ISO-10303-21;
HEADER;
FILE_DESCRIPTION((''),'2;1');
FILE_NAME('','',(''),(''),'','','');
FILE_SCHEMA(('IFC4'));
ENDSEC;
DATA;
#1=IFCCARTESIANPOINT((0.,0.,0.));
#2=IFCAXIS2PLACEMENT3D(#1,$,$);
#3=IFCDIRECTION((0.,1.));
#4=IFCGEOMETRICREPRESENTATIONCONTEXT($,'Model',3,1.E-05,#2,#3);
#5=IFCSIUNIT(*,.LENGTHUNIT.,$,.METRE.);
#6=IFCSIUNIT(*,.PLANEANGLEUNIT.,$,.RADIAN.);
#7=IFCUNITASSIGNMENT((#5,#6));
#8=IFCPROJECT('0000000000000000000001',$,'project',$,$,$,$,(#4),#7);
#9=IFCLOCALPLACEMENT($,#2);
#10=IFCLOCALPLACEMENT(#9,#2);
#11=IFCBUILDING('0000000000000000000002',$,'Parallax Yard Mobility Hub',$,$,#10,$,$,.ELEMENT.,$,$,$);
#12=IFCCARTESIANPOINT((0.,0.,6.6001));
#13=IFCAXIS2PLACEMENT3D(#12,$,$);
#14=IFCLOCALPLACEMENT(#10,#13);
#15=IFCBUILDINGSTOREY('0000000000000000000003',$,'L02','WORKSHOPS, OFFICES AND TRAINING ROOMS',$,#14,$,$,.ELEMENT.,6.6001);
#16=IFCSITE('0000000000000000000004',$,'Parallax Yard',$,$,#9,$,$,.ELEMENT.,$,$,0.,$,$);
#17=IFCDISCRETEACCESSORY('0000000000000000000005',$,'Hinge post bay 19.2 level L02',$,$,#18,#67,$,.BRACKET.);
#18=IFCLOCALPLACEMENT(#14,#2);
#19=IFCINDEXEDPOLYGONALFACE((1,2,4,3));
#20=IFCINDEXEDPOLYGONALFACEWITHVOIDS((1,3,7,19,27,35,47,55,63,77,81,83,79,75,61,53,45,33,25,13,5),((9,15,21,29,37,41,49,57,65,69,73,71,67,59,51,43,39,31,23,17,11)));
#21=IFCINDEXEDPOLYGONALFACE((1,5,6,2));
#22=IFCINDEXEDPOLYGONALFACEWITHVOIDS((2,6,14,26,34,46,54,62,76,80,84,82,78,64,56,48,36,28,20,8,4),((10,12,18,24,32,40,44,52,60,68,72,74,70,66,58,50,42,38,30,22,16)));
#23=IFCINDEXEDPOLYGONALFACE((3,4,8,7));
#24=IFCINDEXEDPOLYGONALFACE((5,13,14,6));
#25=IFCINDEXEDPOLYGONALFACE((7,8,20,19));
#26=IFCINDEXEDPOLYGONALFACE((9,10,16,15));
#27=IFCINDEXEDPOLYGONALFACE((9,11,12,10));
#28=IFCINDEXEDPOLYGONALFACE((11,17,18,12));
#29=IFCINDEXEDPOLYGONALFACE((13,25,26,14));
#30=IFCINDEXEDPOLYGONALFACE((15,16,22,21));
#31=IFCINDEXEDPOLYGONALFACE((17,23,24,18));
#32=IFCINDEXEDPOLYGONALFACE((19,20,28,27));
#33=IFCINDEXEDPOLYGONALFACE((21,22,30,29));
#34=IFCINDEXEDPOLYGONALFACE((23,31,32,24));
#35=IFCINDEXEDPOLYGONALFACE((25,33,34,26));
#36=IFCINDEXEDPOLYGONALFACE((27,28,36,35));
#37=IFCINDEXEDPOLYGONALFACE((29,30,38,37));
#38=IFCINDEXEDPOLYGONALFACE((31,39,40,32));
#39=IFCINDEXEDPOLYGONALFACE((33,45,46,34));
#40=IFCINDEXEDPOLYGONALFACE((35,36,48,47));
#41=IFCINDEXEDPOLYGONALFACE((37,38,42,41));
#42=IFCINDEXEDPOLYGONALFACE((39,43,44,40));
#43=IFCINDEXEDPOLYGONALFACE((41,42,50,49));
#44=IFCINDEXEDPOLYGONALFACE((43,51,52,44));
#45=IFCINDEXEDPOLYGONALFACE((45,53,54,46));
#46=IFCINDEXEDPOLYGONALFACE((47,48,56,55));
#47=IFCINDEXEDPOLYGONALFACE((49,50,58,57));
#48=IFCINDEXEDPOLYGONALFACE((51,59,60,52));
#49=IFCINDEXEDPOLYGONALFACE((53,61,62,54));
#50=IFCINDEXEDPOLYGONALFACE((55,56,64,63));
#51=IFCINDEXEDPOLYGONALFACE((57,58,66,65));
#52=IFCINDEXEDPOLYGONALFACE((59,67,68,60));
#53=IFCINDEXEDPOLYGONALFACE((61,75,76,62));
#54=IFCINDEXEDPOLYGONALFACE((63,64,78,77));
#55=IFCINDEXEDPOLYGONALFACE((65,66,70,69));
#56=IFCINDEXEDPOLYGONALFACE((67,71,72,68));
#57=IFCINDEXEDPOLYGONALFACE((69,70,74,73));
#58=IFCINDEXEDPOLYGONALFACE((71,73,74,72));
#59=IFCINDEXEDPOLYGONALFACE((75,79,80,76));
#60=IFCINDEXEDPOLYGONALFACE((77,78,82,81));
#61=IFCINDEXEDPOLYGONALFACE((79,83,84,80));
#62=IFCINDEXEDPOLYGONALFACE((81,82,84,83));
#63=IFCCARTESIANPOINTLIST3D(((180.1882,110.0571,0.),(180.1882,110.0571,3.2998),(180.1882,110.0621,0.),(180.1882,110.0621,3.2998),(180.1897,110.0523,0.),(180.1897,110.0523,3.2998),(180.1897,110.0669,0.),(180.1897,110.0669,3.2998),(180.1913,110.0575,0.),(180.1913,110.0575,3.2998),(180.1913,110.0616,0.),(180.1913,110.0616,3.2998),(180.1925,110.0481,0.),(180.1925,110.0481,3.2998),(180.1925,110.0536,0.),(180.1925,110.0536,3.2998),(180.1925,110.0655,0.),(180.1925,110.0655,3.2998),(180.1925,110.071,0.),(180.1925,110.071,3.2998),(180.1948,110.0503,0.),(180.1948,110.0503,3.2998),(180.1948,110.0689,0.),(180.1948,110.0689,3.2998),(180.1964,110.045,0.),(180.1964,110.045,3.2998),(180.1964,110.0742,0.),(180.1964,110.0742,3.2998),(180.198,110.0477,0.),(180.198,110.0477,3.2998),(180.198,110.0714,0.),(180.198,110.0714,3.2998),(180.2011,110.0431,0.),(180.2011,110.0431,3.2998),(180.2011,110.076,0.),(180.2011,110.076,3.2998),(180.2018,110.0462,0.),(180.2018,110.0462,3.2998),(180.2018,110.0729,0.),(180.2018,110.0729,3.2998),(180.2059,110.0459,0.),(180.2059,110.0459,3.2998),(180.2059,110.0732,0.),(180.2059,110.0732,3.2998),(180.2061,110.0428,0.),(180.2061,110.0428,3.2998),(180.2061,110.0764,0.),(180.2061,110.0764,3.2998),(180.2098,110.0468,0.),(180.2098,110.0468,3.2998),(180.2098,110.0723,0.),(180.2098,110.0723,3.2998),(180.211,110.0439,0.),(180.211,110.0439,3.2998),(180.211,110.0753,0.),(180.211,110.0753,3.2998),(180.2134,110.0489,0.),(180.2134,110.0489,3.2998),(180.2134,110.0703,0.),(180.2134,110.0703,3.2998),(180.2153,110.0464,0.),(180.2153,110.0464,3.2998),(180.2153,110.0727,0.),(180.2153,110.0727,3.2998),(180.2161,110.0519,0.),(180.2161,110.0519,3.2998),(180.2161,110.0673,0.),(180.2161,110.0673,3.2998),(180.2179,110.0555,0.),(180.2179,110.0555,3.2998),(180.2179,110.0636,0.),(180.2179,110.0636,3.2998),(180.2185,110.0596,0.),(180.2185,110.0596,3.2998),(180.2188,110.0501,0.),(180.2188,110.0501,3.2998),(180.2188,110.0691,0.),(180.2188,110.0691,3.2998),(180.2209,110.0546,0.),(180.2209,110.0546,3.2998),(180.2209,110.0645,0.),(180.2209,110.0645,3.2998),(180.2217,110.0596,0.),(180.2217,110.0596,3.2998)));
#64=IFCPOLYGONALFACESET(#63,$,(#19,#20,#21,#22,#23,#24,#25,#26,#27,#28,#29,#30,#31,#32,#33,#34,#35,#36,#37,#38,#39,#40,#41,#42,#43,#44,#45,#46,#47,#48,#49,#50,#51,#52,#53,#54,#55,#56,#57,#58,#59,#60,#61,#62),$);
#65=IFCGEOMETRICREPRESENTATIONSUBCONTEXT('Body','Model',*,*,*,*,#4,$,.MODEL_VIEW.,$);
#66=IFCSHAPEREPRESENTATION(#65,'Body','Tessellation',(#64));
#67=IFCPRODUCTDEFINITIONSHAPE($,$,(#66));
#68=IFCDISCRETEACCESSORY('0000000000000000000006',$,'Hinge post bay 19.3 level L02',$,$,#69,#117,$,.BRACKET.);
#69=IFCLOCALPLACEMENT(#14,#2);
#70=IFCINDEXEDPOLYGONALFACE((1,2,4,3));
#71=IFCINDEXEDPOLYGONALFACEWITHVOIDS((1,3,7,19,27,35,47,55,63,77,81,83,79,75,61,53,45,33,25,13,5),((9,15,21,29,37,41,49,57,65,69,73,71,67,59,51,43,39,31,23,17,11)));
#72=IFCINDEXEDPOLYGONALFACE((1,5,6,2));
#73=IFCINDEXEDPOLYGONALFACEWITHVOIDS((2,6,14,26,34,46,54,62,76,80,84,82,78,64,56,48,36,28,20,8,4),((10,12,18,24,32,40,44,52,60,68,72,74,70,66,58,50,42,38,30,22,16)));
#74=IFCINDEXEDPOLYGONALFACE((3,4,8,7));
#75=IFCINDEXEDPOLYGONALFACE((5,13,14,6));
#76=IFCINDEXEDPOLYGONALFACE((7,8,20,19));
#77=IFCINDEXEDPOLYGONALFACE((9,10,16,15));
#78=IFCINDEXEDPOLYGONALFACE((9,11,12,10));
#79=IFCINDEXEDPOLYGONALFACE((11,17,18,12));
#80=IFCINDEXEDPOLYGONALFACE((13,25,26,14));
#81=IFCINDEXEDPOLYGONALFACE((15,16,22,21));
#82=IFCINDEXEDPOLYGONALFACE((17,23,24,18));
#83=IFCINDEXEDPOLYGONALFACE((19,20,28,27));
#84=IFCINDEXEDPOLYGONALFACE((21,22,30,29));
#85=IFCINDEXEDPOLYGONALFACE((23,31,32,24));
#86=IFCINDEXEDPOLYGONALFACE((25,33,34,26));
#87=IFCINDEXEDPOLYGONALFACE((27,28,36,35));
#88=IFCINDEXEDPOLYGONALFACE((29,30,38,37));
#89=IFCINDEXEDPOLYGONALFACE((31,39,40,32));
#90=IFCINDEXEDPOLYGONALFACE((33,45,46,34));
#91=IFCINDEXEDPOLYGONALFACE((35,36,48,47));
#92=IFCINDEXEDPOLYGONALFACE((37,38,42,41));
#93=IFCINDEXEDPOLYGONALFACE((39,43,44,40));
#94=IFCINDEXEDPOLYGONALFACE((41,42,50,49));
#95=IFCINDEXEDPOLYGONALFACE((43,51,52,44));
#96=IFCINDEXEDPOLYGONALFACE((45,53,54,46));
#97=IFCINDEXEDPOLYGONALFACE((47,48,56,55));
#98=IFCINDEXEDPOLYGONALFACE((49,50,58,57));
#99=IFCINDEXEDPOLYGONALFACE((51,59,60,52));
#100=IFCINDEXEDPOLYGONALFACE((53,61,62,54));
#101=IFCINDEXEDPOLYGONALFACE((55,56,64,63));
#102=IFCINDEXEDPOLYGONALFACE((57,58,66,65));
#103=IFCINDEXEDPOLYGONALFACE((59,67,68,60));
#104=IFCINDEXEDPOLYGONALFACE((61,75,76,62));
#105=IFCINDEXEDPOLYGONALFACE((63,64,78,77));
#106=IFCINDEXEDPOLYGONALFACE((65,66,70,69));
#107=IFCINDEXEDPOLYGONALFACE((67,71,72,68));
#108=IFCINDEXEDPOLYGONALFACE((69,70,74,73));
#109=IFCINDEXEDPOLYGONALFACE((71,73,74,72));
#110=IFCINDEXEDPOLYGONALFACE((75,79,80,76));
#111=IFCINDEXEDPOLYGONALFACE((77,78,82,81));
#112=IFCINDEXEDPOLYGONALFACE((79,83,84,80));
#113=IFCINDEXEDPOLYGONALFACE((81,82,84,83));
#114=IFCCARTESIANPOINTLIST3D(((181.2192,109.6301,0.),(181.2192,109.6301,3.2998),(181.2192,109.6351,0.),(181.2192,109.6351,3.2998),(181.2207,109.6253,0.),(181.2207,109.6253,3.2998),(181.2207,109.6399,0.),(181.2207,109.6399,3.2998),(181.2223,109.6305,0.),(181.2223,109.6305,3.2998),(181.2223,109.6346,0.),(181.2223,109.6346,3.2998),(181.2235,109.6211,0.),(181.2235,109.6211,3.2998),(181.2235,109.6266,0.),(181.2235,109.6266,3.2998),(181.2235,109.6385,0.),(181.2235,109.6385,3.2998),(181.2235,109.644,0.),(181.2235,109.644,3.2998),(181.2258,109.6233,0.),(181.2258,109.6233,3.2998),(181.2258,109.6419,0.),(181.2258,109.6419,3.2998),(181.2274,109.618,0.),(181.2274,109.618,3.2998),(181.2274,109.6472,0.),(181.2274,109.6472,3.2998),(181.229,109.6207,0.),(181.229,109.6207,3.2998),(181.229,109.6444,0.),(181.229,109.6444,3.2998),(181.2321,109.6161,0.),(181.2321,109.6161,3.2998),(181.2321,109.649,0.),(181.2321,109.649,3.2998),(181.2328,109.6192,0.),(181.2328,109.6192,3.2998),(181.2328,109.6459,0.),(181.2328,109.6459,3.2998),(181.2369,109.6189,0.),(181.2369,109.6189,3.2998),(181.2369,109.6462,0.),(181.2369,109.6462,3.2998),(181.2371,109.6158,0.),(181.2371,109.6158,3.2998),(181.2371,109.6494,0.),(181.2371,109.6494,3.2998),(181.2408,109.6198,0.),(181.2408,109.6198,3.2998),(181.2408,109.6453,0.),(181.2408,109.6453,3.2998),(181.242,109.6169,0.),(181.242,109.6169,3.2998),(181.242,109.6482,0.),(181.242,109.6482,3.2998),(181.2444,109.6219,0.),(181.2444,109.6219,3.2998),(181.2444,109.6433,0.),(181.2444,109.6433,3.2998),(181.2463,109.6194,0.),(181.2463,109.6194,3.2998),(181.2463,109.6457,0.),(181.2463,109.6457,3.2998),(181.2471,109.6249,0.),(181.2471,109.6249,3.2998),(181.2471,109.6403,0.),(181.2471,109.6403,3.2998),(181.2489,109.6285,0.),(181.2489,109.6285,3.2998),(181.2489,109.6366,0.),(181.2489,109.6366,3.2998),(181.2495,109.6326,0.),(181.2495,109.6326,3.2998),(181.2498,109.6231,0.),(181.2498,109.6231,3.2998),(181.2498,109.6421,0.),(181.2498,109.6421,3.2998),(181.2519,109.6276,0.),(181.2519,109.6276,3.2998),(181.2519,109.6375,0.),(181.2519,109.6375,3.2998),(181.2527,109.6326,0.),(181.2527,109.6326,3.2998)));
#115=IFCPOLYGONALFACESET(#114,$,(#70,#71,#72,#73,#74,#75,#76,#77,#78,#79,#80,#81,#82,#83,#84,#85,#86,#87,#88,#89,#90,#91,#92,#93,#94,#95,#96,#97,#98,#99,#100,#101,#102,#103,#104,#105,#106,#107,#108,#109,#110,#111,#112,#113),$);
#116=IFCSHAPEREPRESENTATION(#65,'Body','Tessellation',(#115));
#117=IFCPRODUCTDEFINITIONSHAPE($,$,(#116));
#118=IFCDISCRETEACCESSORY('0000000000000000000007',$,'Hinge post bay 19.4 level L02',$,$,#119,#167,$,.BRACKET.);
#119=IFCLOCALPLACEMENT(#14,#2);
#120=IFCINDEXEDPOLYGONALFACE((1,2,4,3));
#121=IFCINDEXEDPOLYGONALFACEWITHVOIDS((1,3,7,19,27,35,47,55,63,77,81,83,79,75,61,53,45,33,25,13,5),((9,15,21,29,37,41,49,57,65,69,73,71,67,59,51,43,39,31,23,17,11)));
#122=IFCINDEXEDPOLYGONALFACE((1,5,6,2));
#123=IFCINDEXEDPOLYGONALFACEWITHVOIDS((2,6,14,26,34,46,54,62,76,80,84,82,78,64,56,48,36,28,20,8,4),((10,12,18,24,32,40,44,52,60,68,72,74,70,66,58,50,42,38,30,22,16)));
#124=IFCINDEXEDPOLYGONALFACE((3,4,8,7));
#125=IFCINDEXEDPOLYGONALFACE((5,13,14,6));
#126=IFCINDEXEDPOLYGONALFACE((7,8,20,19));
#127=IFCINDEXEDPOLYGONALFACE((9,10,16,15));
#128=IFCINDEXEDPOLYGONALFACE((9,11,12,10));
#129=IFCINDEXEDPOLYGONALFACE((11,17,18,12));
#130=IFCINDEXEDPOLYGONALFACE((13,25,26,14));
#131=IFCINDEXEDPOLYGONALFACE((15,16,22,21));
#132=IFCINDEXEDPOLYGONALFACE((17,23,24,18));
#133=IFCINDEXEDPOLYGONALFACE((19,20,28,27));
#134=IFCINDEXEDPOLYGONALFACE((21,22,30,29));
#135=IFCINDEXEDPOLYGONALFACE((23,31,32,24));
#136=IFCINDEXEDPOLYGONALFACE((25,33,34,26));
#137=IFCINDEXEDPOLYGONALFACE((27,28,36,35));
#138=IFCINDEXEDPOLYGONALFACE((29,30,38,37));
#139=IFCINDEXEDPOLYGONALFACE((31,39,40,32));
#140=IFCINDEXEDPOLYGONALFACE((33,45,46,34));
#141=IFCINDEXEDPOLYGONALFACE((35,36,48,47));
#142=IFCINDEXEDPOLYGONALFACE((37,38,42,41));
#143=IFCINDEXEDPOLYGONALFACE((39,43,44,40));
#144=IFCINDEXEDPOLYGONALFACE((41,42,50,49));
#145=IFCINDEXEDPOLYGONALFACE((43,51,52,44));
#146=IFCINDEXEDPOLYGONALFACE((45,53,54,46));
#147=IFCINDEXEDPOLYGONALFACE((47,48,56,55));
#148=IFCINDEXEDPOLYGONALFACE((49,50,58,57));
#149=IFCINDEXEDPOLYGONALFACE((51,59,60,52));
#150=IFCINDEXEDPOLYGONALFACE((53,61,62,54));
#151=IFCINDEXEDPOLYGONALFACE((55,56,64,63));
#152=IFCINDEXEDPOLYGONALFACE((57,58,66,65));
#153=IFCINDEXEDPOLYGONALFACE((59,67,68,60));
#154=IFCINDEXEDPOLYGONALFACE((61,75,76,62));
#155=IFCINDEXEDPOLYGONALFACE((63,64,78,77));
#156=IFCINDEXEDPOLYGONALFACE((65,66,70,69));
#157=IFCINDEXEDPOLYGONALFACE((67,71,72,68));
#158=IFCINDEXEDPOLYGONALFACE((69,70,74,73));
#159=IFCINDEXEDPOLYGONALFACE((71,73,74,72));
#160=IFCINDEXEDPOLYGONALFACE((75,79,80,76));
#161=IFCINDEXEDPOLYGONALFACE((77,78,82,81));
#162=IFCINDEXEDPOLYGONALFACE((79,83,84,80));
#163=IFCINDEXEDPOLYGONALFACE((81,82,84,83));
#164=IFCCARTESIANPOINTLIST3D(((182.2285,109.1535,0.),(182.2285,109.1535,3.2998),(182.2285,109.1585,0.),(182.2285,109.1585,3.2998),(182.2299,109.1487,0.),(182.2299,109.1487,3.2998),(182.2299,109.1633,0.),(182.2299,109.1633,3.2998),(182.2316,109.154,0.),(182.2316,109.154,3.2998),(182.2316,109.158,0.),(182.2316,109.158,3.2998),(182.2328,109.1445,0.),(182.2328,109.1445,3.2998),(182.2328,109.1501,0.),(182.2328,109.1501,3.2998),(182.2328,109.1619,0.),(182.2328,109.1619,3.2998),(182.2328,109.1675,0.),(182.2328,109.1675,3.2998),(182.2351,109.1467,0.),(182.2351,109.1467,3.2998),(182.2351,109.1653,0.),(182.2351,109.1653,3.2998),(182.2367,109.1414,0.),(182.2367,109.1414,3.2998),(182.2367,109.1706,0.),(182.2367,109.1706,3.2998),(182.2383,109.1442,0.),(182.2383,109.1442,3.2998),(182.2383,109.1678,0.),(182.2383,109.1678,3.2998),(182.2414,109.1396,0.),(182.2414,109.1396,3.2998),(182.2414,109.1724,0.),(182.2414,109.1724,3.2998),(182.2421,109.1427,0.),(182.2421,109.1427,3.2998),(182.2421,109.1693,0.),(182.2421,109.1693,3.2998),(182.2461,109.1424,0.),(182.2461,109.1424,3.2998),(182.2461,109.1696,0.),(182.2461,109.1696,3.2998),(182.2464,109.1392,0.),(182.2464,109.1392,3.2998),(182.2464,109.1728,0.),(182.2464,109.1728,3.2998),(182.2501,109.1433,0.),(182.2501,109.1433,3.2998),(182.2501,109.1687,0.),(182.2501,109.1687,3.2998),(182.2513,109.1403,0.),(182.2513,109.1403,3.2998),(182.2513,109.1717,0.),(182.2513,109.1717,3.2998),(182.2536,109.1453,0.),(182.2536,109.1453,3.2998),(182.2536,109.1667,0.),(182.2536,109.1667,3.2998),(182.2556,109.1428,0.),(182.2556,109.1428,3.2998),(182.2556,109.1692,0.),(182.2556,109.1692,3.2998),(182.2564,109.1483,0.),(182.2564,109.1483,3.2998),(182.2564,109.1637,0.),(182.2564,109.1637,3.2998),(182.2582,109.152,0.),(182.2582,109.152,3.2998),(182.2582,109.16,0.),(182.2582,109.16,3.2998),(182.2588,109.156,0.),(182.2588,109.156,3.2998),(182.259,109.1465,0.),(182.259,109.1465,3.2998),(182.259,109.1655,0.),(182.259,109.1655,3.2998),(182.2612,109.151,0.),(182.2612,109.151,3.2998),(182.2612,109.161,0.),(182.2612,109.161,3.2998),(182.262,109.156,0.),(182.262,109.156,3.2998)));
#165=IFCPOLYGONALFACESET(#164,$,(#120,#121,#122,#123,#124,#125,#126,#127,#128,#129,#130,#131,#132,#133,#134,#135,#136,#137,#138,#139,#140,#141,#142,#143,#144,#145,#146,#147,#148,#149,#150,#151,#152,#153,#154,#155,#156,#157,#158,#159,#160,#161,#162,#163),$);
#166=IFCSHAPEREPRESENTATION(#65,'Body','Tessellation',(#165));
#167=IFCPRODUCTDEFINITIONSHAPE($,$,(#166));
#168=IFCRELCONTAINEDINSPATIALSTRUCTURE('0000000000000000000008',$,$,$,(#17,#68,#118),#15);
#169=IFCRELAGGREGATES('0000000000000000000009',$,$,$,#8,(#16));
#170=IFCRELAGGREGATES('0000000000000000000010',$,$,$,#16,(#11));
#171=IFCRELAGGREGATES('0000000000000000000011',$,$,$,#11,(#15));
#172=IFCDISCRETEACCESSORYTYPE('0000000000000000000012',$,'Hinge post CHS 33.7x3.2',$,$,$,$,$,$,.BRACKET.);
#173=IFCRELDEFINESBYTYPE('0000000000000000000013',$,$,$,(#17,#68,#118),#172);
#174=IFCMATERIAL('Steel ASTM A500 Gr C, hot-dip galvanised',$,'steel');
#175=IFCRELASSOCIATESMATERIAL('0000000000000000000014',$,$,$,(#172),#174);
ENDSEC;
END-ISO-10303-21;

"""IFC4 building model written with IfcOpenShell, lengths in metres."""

from ifc_helpers import new_model, si_unit, direction, frame, origin, origin_2d, place, context, subcontext, project, spatial, hollow_circle, extrude, material, material_profile, profile_set, type_object, element, save


model = new_model("IFC4")

# Units and contexts
model_context = context("Model", 3, precision=1e-05, world=origin(), true_north=direction((0.0, 1.0)))
body_context = subcontext(model_context, "Body", "Model", "MODEL_VIEW")
ifc_project = project(units=[si_unit("LENGTHUNIT", "METRE"), si_unit("PLANEANGLEUNIT", "RADIAN")], contexts=[model_context])

# Site, building, storey
site_placement = place(None, origin())
site = spatial("IfcSite", under=ifc_project, at=site_placement, Name="Parallax Yard", CompositionType="ELEMENT", RefElevation=0.0)
building_placement = place(site_placement, origin())
building = spatial("IfcBuilding", under=site, at=building_placement, Name="Parallax Yard Mobility Hub", CompositionType="ELEMENT")
storey_placement = place(building_placement, frame((0.0, 0.0, 6.6001)))
storey = spatial("IfcBuildingStorey", under=building, at=storey_placement, Name="L02", Description="WORKSHOPS, OFFICES AND TRAINING ROOMS", CompositionType="ELEMENT", Elevation=6.6001)

# Discrete accessories
ifc_material_1 = material(Name="Steel ASTM A500 Gr C, hot-dip galvanised", Category="steel")
ifc_material_profile_1 = material_profile(ifc_material_1, hollow_circle(Radius=0.0168, WallThickness=0.0032, at=origin_2d()), Name="CHS 33.7x3.2")
ifc_profile_set_1 = profile_set([ifc_material_profile_1], Name="Steel ASTM A500 Gr C, hot-dip galvanised")
discrete_accessory_type_1 = type_object("IfcDiscreteAccessoryType", Name="Hinge post CHS 33.7x3.2", PredefinedType="BRACKET", material=ifc_profile_set_1)
for number, where, z_axis, x_axis, name in (
    (1, (180.2048, 110.0596, 0.0), (0.0, 0.0, 1.0), (1.0, 0.0, 0.0), "Hinge post bay 19.2 level L02"),
    (2, (181.2358, 109.6326, 0.0), (0.0, 0.0, 1.0), (1.0, 0.0, 0.0), "Hinge post bay 19.3 level L02"),
    (3, (182.2451, 109.156, 0.0), (0.0, 0.0, 1.0), (1.0, 0.0, 0.0), "Hinge post bay 19.4 level L02"),
):
    element("IfcDiscreteAccessory", number, at=place(storey_placement, frame(where, z_axis=z_axis, x_axis=x_axis)), inside=storey, type_object=discrete_accessory_type_1, Name=name, PredefinedType="BRACKET", context=body_context, shape_type="SweptSolid", body=[
        extrude(hollow_circle(Radius=0.0168, WallThickness=0.0032, at=origin_2d()), origin(), (0.0, 0.0, 1.0), 3.2998),
    ])

save(model, "model.ifc")
